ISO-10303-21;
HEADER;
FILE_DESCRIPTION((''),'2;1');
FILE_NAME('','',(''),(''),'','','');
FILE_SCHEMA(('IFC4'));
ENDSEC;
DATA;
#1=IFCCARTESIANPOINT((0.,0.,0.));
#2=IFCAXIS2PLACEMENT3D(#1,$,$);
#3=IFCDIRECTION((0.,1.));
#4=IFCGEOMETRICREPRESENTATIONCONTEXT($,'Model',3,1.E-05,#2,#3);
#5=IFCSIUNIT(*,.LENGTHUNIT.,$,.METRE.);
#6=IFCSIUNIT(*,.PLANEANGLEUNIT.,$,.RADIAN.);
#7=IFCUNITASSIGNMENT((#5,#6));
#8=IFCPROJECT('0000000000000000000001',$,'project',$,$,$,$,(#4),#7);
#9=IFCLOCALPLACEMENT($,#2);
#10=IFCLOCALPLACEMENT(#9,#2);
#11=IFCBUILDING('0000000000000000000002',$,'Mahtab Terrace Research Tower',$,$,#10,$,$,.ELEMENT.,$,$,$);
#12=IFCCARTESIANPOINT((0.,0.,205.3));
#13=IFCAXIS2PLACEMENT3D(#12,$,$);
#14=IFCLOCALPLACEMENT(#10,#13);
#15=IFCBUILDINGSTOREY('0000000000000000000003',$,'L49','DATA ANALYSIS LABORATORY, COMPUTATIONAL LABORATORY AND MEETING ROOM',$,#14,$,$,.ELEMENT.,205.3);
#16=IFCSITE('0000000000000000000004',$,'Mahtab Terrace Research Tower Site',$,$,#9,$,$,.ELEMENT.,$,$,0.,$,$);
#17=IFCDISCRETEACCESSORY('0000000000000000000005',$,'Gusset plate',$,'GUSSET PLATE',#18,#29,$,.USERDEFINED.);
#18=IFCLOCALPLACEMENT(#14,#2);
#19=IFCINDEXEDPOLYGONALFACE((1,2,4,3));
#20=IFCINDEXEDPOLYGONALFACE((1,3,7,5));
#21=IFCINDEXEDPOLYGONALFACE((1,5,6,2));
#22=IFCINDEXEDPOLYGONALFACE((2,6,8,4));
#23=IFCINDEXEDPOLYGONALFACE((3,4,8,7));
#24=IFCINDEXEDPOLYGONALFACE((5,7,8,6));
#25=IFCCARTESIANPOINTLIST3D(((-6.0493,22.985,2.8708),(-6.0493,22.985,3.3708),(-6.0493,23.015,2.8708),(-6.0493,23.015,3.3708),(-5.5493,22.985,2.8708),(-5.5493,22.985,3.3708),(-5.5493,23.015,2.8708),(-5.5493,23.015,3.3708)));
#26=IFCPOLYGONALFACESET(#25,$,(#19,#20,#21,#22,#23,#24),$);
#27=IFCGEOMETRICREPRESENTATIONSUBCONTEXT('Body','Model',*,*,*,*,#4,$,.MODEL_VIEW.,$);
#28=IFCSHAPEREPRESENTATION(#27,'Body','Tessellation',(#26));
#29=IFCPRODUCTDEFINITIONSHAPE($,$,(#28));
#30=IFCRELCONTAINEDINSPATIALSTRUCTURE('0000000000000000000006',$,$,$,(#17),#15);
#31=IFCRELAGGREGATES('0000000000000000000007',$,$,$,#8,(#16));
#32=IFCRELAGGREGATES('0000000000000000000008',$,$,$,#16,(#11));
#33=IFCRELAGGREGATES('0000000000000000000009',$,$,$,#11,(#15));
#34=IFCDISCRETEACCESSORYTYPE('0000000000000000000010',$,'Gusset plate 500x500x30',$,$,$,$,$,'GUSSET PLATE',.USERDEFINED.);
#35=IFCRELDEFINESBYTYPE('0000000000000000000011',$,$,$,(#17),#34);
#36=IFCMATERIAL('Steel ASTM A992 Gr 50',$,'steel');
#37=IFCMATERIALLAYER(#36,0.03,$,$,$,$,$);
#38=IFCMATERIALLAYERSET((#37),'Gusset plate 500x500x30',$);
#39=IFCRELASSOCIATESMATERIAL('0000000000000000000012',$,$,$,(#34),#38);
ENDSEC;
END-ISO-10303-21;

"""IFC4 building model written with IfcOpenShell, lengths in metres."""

from ifc_helpers import new_model, si_unit, direction, frame, origin, origin_2d, place, context, subcontext, project, spatial, rectangle, extrude, material, layer, layer_set, type_object, element, save


model = new_model("IFC4")

# Units and contexts
model_context = context("Model", 3, precision=1e-05, world=origin(), true_north=direction((0.0, 1.0)))
body_context = subcontext(model_context, "Body", "Model", "MODEL_VIEW")
ifc_project = project(units=[si_unit("LENGTHUNIT", "METRE"), si_unit("PLANEANGLEUNIT", "RADIAN")], contexts=[model_context])

# Site, building, storey
site_placement = place(None, origin())
site = spatial("IfcSite", under=ifc_project, at=site_placement, Name="Mahtab Terrace Research Tower Site", CompositionType="ELEMENT", RefElevation=0.0)
building_placement = place(site_placement, origin())
building = spatial("IfcBuilding", under=site, at=building_placement, Name="Mahtab Terrace Research Tower", CompositionType="ELEMENT")
storey_placement = place(building_placement, frame((0.0, 0.0, 205.3)))
storey = spatial("IfcBuildingStorey", under=building, at=storey_placement, Name="L49", Description="DATA ANALYSIS LABORATORY, COMPUTATIONAL LABORATORY AND MEETING ROOM", CompositionType="ELEMENT", Elevation=205.3)

# Shared definitions
ifc_material_1 = material(Name="Steel ASTM A992 Gr 50", Category="steel")

# Discrete accessory
ifc_layer_1 = layer(ifc_material_1, 0.03)
ifc_layer_set_1 = layer_set([ifc_layer_1], Name="Gusset plate 500x500x30")
discrete_accessory_type = type_object("IfcDiscreteAccessoryType", Name="Gusset plate 500x500x30", ElementType="GUSSET PLATE", PredefinedType="USERDEFINED", material=ifc_layer_set_1)
discrete_accessory_placement = place(storey_placement, frame((-5.7993, 23.0, 2.8708), z_axis=(0.0, 0.0, 1.0), x_axis=(1.0, 0.0, 0.0)))
element("IfcDiscreteAccessory", 1, at=discrete_accessory_placement, inside=storey, type_object=discrete_accessory_type, Name="Gusset plate", ObjectType="GUSSET PLATE", PredefinedType="USERDEFINED", context=body_context, shape_type="SweptSolid", body=[
    extrude(rectangle(XDim=0.5, YDim=0.03, at=origin_2d()), origin(), (0.0, 0.0, 1.0), 0.5),
])

save(model, "model.ifc")
